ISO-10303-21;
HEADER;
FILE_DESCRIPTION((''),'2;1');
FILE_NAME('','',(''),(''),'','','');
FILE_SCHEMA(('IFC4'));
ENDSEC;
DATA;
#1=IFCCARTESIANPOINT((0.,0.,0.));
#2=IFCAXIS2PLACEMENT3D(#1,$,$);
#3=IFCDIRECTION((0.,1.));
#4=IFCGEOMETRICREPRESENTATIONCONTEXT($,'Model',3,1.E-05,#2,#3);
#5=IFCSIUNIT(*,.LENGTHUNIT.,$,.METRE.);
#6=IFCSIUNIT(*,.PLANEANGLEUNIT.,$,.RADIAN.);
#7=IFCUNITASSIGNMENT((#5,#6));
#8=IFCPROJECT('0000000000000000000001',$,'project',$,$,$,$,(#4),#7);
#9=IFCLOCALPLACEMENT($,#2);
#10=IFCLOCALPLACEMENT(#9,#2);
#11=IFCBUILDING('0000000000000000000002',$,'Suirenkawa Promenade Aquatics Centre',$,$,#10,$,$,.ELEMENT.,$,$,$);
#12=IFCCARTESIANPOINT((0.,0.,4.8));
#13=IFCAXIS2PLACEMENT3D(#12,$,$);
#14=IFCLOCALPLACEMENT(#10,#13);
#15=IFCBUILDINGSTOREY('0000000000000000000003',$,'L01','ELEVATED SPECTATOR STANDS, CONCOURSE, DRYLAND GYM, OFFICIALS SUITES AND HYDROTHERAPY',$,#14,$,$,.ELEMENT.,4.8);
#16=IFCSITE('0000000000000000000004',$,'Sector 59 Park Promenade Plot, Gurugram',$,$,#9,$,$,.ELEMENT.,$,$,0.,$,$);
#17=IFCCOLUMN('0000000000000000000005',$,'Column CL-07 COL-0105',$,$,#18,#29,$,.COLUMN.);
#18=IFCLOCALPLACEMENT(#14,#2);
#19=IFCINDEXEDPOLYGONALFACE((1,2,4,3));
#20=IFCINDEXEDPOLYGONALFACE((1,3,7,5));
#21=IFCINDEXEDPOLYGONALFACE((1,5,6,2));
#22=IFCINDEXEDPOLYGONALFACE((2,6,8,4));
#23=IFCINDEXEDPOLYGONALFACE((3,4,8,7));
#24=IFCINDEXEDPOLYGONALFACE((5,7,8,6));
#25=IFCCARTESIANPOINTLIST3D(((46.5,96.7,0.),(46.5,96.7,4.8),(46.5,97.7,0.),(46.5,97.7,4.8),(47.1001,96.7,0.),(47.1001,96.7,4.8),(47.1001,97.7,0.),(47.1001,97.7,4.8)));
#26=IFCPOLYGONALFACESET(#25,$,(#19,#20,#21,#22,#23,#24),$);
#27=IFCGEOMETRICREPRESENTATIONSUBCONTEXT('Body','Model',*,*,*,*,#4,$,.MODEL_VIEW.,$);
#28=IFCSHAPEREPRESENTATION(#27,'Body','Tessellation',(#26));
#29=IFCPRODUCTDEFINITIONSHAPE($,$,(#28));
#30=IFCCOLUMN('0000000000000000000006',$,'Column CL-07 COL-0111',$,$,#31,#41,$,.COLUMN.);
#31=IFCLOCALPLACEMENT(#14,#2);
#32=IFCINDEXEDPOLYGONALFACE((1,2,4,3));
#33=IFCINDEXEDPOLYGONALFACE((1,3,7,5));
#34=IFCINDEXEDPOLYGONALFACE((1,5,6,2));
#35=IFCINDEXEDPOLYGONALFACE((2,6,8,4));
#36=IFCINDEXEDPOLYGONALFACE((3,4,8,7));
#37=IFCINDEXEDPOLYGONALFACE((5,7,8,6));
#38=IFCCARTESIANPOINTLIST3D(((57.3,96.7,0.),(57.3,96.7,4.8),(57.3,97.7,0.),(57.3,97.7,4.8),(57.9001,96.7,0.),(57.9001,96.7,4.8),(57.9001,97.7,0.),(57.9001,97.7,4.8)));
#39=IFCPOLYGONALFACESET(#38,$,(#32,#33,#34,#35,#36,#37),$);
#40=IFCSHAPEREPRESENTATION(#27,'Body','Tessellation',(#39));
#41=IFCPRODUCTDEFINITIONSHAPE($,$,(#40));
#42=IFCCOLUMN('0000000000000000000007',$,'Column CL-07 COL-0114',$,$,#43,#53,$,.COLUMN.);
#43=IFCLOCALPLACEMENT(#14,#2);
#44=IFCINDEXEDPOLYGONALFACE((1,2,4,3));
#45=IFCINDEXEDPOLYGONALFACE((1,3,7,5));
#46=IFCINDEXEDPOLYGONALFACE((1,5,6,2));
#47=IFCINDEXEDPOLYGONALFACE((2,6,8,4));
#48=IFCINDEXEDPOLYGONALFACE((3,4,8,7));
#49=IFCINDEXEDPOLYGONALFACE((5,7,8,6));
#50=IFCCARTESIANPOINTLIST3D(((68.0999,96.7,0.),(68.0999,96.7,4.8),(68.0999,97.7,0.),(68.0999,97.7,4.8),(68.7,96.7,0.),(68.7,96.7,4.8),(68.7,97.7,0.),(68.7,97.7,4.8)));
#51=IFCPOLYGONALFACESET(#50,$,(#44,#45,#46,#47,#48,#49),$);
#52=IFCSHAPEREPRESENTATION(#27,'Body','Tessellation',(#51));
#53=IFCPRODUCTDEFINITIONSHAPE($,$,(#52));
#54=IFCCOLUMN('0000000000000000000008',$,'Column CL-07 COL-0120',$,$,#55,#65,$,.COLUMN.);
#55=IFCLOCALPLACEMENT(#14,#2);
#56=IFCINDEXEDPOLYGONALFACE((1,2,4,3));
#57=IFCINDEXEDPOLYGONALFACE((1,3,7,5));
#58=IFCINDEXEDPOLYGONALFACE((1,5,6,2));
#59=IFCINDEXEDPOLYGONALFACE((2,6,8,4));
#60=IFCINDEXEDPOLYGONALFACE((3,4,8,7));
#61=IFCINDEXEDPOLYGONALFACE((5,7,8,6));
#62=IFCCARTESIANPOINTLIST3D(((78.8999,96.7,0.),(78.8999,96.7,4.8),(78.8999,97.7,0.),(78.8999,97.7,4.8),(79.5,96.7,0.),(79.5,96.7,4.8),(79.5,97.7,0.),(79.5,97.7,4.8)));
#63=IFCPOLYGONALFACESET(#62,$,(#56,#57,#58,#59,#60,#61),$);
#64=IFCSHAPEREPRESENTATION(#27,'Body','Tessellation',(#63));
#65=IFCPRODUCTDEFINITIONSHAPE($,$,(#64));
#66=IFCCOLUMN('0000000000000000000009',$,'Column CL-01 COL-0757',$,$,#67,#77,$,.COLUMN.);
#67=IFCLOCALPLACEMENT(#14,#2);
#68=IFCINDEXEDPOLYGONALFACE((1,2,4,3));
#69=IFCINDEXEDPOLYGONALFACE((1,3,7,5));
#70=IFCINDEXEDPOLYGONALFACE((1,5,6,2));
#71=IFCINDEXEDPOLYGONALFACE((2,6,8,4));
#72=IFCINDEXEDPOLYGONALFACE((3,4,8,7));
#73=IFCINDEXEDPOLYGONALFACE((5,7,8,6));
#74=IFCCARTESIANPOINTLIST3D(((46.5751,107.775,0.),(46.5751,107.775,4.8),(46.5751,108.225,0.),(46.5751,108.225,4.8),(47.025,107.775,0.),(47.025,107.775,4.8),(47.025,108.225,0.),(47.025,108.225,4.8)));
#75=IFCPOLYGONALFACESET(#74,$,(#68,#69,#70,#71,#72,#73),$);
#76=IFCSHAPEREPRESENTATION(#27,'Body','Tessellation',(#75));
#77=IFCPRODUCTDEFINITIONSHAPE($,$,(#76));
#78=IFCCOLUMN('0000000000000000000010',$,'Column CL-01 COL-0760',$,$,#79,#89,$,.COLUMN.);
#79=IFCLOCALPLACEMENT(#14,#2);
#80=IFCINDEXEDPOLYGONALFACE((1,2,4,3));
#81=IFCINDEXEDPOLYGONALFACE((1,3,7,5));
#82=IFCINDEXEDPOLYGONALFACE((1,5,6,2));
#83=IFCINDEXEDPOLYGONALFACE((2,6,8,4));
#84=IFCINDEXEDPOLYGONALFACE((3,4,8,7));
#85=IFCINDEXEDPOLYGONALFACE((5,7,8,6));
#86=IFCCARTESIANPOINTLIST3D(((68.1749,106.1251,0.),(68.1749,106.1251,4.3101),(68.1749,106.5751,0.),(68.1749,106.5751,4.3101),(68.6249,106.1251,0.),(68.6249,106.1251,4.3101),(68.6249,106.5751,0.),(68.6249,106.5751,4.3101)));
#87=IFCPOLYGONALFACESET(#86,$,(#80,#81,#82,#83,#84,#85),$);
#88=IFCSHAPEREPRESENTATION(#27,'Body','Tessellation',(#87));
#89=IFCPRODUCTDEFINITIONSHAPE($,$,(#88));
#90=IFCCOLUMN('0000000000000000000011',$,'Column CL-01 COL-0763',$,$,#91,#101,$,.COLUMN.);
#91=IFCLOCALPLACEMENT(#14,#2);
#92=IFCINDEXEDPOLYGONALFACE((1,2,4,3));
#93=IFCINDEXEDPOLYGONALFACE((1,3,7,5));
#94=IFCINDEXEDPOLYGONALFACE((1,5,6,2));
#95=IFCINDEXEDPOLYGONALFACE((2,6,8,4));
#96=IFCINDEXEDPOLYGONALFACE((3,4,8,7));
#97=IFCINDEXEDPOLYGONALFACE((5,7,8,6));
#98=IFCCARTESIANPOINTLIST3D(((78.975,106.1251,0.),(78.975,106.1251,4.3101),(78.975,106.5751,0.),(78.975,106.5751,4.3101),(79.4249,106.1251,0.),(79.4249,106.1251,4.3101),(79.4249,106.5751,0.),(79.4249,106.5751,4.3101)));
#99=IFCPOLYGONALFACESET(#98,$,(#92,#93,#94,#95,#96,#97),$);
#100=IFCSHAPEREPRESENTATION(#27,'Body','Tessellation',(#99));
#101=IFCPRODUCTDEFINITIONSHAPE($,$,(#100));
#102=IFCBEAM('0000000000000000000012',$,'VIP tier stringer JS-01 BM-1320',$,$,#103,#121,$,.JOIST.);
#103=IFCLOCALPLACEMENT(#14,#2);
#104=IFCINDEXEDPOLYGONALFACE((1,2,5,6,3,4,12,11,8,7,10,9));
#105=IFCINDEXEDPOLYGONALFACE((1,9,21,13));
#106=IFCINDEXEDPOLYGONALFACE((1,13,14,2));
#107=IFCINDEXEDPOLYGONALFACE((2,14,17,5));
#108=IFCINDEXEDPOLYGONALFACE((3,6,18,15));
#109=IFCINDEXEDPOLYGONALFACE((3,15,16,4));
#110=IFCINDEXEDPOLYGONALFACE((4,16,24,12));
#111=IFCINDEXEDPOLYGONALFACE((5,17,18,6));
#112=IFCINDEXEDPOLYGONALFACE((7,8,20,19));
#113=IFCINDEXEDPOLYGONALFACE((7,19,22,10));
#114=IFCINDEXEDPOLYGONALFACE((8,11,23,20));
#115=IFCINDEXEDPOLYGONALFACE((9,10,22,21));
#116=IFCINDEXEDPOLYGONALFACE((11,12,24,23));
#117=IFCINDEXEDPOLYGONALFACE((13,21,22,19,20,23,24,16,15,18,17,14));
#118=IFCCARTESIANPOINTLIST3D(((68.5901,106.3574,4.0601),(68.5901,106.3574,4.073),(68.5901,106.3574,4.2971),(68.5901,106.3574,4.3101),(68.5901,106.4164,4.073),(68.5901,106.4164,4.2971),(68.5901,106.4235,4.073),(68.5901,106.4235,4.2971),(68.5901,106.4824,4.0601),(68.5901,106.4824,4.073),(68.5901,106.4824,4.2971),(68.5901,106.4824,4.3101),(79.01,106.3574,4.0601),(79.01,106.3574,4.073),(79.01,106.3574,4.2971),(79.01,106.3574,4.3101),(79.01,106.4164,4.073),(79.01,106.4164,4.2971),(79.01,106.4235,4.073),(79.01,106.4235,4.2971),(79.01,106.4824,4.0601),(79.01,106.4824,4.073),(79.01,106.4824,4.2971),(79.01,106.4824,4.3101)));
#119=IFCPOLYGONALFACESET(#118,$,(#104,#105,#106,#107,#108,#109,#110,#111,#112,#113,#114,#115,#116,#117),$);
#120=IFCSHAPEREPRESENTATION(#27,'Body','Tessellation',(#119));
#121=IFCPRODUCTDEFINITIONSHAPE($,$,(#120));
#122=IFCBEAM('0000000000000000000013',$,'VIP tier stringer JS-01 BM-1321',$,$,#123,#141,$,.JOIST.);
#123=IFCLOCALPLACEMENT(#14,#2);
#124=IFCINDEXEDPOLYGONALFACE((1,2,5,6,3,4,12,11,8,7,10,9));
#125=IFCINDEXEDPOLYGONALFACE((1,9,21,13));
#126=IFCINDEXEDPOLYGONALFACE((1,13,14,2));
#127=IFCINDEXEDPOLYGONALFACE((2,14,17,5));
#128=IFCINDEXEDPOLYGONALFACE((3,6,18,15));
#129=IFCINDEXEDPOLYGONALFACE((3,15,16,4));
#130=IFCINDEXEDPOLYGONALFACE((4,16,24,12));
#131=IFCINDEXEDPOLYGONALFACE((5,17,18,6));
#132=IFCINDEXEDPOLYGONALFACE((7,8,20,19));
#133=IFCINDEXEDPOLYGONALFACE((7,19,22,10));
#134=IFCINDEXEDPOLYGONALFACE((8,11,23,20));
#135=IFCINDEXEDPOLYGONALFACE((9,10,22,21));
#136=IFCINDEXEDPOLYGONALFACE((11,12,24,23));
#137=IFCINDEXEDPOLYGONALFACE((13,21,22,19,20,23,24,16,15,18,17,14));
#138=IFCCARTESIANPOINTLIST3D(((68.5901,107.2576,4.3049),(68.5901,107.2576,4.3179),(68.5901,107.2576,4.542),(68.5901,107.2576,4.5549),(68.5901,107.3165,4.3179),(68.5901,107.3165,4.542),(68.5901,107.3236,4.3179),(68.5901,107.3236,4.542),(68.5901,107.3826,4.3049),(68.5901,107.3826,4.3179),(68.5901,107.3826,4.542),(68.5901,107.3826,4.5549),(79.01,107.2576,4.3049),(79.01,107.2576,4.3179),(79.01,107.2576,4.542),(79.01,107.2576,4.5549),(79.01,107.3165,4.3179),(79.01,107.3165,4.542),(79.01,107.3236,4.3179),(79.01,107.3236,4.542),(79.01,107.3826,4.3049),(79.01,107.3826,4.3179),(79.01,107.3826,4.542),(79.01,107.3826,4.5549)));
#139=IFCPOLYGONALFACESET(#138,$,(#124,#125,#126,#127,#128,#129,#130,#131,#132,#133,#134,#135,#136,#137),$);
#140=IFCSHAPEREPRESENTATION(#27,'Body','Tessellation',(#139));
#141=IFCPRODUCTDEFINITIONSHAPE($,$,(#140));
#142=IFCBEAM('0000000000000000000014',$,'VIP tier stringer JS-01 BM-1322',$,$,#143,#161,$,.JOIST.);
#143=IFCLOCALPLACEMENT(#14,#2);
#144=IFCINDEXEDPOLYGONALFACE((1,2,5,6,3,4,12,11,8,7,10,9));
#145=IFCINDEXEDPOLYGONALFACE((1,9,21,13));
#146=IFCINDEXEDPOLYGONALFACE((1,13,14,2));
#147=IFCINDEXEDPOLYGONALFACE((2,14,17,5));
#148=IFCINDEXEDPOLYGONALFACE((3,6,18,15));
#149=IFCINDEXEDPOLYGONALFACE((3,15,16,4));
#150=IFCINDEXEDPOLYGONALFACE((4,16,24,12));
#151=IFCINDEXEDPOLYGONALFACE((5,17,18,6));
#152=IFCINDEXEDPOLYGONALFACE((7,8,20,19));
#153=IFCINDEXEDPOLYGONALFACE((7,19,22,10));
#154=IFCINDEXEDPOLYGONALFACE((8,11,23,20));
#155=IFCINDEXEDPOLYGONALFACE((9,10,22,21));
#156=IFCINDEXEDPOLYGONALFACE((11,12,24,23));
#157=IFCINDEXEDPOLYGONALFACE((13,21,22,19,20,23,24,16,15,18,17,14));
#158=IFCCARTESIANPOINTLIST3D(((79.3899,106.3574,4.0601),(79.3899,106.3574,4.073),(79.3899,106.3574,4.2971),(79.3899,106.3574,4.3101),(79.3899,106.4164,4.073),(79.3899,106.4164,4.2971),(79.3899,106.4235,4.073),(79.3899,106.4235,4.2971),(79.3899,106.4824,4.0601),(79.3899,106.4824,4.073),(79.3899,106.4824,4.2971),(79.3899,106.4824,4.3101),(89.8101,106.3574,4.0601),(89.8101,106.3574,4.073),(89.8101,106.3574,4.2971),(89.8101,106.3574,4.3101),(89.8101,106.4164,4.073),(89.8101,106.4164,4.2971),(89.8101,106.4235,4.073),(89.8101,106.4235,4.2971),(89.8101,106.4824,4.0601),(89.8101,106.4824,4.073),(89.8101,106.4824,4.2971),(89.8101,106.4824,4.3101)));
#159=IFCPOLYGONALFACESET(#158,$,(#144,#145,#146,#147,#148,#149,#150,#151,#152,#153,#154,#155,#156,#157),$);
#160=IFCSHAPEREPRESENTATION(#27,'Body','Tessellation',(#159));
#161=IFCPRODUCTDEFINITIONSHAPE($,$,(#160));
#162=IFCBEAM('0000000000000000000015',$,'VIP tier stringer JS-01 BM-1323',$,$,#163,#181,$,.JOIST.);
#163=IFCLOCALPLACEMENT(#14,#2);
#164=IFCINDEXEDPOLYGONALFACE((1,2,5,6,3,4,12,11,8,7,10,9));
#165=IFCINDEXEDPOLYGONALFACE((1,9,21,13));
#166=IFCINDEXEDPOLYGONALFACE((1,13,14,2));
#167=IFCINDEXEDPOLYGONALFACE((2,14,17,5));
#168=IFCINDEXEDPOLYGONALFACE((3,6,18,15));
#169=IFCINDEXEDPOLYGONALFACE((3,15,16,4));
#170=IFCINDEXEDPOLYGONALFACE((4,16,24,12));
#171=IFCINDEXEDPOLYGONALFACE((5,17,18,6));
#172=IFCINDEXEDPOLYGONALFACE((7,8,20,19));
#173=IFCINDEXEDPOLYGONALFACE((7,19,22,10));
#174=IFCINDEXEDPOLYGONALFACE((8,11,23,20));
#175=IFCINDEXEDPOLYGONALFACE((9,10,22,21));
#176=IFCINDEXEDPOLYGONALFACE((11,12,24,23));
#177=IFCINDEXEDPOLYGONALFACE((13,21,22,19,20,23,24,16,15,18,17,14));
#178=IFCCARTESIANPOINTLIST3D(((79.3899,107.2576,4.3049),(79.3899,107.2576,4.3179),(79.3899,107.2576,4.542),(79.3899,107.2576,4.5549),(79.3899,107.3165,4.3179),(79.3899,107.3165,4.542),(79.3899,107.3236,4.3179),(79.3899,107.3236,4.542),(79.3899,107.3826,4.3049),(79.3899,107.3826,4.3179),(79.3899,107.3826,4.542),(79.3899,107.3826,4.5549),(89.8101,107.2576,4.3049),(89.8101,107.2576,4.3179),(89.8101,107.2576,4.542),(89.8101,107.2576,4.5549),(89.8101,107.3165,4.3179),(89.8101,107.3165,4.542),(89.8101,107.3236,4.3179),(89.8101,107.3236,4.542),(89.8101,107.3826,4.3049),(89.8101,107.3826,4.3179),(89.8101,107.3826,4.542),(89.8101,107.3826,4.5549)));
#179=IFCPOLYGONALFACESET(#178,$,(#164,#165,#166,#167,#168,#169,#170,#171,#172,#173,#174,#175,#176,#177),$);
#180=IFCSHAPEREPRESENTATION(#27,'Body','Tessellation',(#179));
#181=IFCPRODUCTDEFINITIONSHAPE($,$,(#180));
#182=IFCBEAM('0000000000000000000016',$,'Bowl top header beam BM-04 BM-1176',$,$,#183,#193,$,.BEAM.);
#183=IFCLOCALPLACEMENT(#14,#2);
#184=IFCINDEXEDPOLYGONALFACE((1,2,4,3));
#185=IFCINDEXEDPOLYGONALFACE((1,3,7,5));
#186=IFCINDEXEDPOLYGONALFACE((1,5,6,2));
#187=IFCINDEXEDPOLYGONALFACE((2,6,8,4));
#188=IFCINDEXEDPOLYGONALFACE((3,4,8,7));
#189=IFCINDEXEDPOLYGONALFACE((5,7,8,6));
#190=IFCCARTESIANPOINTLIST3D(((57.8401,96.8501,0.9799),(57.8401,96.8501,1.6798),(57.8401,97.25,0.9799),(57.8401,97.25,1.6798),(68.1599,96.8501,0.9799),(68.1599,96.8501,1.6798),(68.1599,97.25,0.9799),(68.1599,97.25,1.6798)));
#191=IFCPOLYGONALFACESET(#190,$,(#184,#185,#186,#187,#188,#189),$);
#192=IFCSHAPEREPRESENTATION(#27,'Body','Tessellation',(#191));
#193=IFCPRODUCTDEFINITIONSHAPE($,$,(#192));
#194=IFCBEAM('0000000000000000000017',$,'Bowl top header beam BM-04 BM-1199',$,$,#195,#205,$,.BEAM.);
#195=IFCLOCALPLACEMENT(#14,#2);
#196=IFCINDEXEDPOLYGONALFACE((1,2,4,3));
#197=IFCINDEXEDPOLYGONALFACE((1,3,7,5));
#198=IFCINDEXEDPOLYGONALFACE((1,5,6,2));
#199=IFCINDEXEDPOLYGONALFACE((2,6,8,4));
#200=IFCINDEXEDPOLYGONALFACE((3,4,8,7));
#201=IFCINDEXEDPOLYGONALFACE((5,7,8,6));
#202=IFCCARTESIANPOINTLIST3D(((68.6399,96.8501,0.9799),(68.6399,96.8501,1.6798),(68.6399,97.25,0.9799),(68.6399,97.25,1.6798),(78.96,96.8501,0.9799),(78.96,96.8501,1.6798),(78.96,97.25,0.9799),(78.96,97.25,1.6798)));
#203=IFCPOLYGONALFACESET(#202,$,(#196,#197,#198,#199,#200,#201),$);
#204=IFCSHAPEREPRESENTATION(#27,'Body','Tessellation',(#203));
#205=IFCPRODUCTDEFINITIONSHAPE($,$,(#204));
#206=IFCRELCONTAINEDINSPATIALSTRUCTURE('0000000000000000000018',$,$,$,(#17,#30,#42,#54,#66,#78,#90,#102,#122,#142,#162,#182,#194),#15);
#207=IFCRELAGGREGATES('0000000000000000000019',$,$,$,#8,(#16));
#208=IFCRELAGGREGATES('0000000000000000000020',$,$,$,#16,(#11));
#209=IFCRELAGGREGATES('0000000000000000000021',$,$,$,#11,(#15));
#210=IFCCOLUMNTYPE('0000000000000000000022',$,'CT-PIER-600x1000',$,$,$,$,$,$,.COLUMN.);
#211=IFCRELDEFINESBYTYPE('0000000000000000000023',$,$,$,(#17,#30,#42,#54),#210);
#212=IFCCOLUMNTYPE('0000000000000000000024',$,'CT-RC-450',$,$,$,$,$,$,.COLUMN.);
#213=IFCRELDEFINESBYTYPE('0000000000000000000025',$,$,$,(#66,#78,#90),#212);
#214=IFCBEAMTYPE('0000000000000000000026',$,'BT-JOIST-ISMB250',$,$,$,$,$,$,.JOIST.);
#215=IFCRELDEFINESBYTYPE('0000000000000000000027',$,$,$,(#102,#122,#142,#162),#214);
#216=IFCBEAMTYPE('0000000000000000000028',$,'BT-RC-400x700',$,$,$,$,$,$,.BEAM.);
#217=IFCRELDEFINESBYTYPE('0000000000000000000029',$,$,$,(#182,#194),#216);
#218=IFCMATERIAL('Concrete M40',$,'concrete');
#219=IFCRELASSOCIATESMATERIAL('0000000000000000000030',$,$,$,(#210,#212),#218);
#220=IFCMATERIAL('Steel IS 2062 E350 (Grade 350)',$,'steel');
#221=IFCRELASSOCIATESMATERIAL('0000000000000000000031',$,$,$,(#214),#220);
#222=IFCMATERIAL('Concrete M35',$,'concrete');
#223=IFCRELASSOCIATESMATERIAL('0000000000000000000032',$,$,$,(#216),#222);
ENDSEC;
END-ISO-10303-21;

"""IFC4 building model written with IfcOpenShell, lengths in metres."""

from ifc_helpers import new_model, si_unit, direction, frame, origin, origin_2d, place, context, subcontext, project, spatial, rectangle, i_section, extrude, material, material_profile, profile_set, type_object, element, save


model = new_model("IFC4")

# Units and contexts
model_context = context("Model", 3, precision=1e-05, world=origin(), true_north=direction((0.0, 1.0)))
body_context = subcontext(model_context, "Body", "Model", "MODEL_VIEW")
ifc_project = project(units=[si_unit("LENGTHUNIT", "METRE"), si_unit("PLANEANGLEUNIT", "RADIAN")], contexts=[model_context])

# Site, building, storey
site_placement = place(None, origin())
site = spatial("IfcSite", under=ifc_project, at=site_placement, Name="Sector 59 Park Promenade Plot, Gurugram", CompositionType="ELEMENT", RefElevation=0.0)
building_placement = place(site_placement, origin())
building = spatial("IfcBuilding", under=site, at=building_placement, Name="Suirenkawa Promenade Aquatics Centre", CompositionType="ELEMENT")
storey_placement = place(building_placement, frame((0.0, 0.0, 4.8)))
storey = spatial("IfcBuildingStorey", under=building, at=storey_placement, Name="L01", Description="ELEVATED SPECTATOR STANDS, CONCOURSE, DRYLAND GYM, OFFICIALS SUITES AND HYDROTHERAPY", CompositionType="ELEMENT", Elevation=4.8)

# Columns
ifc_material_1 = material(Name="Concrete M40", Category="concrete")
ifc_material_profile_1 = material_profile(ifc_material_1, rectangle(XDim=0.6001, YDim=1.0, at=origin_2d()), Name="RC PIER 600x1000", Category="concrete")
ifc_profile_set_1 = profile_set([ifc_material_profile_1], Name="Concrete M40")
column_type_1 = type_object("IfcColumnType", Name="CT-PIER-600x1000", PredefinedType="COLUMN", material=ifc_profile_set_1)
for number, where, z_axis, x_axis, name in (
    (1, (46.8, 97.2, 0.0), (0.0, 0.0, 1.0), (1.0, 0.0, 0.0), "Column CL-07 COL-0105"),
    (2, (57.6001, 97.2, 0.0), (0.0, 0.0, 1.0), (1.0, 0.0, 0.0), "Column CL-07 COL-0111"),
    (3, (68.3999, 97.2, 0.0), (0.0, 0.0, 1.0), (1.0, 0.0, 0.0), "Column CL-07 COL-0114"),
    (4, (79.2, 97.2, 0.0), (0.0, 0.0, 1.0), (1.0, 0.0, 0.0), "Column CL-07 COL-0120"),
):
    element("IfcColumn", number, at=place(storey_placement, frame(where, z_axis=z_axis, x_axis=x_axis)), inside=storey, type_object=column_type_1, Name=name, PredefinedType="COLUMN", context=body_context, shape_type="SweptSolid", body=[
        extrude(rectangle(XDim=0.6001, YDim=1.0, at=origin_2d()), origin(), (0.0, 0.0, 1.0), 4.8),
    ])
ifc_material_profile_2 = material_profile(ifc_material_1, rectangle(XDim=0.45, YDim=0.45, at=origin_2d()), Name="RC COL 450x450", Category="concrete")
ifc_profile_set_2 = profile_set([ifc_material_profile_2], Name="Concrete M40")
column_type_2 = type_object("IfcColumnType", Name="CT-RC-450", PredefinedType="COLUMN", material=ifc_profile_set_2)
column_placement = place(storey_placement, frame((46.8, 108.0, 0.0), z_axis=(0.0, 0.0, 1.0), x_axis=(1.0, 0.0, 0.0)))
element("IfcColumn", 5, at=column_placement, inside=storey, type_object=column_type_2, Name="Column CL-01 COL-0757", PredefinedType="COLUMN", context=body_context, shape_type="SweptSolid", body=[
    extrude(rectangle(XDim=0.45, YDim=0.45, at=origin_2d()), origin(), (0.0, 0.0, 1.0), 4.8),
])
for number, where, z_axis, x_axis, name in (
    (6, (68.3999, 106.3501, 0.0), (0.0, 0.0, 1.0), (1.0, 0.0, 0.0), "Column CL-01 COL-0760"),
    (7, (79.2, 106.3501, 0.0), (0.0, 0.0, 1.0), (1.0, 0.0, 0.0), "Column CL-01 COL-0763"),
):
    element("IfcColumn", number, at=place(storey_placement, frame(where, z_axis=z_axis, x_axis=x_axis)), inside=storey, type_object=column_type_2, Name=name, PredefinedType="COLUMN", context=body_context, shape_type="SweptSolid", body=[
        extrude(rectangle(XDim=0.45, YDim=0.45, at=origin_2d()), origin(), (0.0, 0.0, 1.0), 4.3101),
    ])

# Beams
ifc_material_2 = material(Name="Steel IS 2062 E350 (Grade 350)", Category="steel")
ifc_material_profile_3 = material_profile(ifc_material_2, i_section(OverallWidth=0.125, OverallDepth=0.25, WebThickness=0.0071, FlangeThickness=0.0129, at=origin_2d()), Name="ISMB 250", Category="steel")
ifc_profile_set_3 = profile_set([ifc_material_profile_3], Name="Steel IS 2062 E350 (Grade 350)")
beam_type_1 = type_object("IfcBeamType", Name="BT-JOIST-ISMB250", PredefinedType="JOIST", material=ifc_profile_set_3)
for number, where, z_axis, x_axis, name in (
    (8, (68.5901, 106.4199, 4.1851), (1.0, 0.0, 0.0), (0.0, 1.0, 0.0), "VIP tier stringer JS-01 BM-1320"),
    (9, (68.5901, 107.3201, 4.4299), (1.0, 0.0, 0.0), (0.0, 1.0, 0.0), "VIP tier stringer JS-01 BM-1321"),
):
    element("IfcBeam", number, at=place(storey_placement, frame(where, z_axis=z_axis, x_axis=x_axis)), inside=storey, type_object=beam_type_1, Name=name, PredefinedType="JOIST", context=body_context, shape_type="SweptSolid", body=[
        extrude(i_section(OverallWidth=0.125, OverallDepth=0.25, WebThickness=0.0071, FlangeThickness=0.0129, at=origin_2d()), origin(), (0.0, 0.0, 1.0), 10.4199),
    ])
for number, where, z_axis, x_axis, name in (
    (10, (79.3899, 106.4199, 4.1851), (1.0, 0.0, 0.0), (0.0, 1.0, 0.0), "VIP tier stringer JS-01 BM-1322"),
    (11, (79.3899, 107.3201, 4.4299), (1.0, 0.0, 0.0), (0.0, 1.0, 0.0), "VIP tier stringer JS-01 BM-1323"),
):
    element("IfcBeam", number, at=place(storey_placement, frame(where, z_axis=z_axis, x_axis=x_axis)), inside=storey, type_object=beam_type_1, Name=name, PredefinedType="JOIST", context=body_context, shape_type="SweptSolid", body=[
        extrude(i_section(OverallWidth=0.125, OverallDepth=0.25, WebThickness=0.0071, FlangeThickness=0.0129, at=origin_2d()), origin(), (0.0, 0.0, 1.0), 10.4202),
    ])
ifc_material_3 = material(Name="Concrete M35", Category="concrete")
ifc_material_profile_4 = material_profile(ifc_material_3, rectangle(XDim=0.3999, YDim=0.7, at=origin_2d()), Name="RC BM 400x700", Category="concrete")
ifc_profile_set_4 = profile_set([ifc_material_profile_4], Name="Concrete M35")
beam_type_2 = type_object("IfcBeamType", Name="BT-RC-400x700", PredefinedType="BEAM", material=ifc_profile_set_4)
beam_placement = place(storey_placement, frame((57.8401, 97.05, 1.3298), z_axis=(1.0, 0.0, 0.0), x_axis=(0.0, 1.0, 0.0)))
element("IfcBeam", 12, at=beam_placement, inside=storey, type_object=beam_type_2, Name="Bowl top header beam BM-04 BM-1176", PredefinedType="BEAM", context=body_context, shape_type="SweptSolid", body=[
    extrude(rectangle(XDim=0.3999, YDim=0.7, at=origin_2d()), origin(), (0.0, 0.0, 1.0), 10.3198),
])
for number, where, z_axis, x_axis, name in (
    (13, (68.6399, 97.05, 1.3298), (1.0, 0.0, 0.0), (0.0, 1.0, 0.0), "Bowl top header beam BM-04 BM-1199"),
):
    element("IfcBeam", number, at=place(storey_placement, frame(where, z_axis=z_axis, x_axis=x_axis)), inside=storey, type_object=beam_type_2, Name=name, PredefinedType="BEAM", context=body_context, shape_type="SweptSolid", body=[
        extrude(rectangle(XDim=0.3999, YDim=0.7, at=origin_2d()), origin(), (0.0, 0.0, 1.0), 10.3201),
    ])

save(model, "model.ifc")
